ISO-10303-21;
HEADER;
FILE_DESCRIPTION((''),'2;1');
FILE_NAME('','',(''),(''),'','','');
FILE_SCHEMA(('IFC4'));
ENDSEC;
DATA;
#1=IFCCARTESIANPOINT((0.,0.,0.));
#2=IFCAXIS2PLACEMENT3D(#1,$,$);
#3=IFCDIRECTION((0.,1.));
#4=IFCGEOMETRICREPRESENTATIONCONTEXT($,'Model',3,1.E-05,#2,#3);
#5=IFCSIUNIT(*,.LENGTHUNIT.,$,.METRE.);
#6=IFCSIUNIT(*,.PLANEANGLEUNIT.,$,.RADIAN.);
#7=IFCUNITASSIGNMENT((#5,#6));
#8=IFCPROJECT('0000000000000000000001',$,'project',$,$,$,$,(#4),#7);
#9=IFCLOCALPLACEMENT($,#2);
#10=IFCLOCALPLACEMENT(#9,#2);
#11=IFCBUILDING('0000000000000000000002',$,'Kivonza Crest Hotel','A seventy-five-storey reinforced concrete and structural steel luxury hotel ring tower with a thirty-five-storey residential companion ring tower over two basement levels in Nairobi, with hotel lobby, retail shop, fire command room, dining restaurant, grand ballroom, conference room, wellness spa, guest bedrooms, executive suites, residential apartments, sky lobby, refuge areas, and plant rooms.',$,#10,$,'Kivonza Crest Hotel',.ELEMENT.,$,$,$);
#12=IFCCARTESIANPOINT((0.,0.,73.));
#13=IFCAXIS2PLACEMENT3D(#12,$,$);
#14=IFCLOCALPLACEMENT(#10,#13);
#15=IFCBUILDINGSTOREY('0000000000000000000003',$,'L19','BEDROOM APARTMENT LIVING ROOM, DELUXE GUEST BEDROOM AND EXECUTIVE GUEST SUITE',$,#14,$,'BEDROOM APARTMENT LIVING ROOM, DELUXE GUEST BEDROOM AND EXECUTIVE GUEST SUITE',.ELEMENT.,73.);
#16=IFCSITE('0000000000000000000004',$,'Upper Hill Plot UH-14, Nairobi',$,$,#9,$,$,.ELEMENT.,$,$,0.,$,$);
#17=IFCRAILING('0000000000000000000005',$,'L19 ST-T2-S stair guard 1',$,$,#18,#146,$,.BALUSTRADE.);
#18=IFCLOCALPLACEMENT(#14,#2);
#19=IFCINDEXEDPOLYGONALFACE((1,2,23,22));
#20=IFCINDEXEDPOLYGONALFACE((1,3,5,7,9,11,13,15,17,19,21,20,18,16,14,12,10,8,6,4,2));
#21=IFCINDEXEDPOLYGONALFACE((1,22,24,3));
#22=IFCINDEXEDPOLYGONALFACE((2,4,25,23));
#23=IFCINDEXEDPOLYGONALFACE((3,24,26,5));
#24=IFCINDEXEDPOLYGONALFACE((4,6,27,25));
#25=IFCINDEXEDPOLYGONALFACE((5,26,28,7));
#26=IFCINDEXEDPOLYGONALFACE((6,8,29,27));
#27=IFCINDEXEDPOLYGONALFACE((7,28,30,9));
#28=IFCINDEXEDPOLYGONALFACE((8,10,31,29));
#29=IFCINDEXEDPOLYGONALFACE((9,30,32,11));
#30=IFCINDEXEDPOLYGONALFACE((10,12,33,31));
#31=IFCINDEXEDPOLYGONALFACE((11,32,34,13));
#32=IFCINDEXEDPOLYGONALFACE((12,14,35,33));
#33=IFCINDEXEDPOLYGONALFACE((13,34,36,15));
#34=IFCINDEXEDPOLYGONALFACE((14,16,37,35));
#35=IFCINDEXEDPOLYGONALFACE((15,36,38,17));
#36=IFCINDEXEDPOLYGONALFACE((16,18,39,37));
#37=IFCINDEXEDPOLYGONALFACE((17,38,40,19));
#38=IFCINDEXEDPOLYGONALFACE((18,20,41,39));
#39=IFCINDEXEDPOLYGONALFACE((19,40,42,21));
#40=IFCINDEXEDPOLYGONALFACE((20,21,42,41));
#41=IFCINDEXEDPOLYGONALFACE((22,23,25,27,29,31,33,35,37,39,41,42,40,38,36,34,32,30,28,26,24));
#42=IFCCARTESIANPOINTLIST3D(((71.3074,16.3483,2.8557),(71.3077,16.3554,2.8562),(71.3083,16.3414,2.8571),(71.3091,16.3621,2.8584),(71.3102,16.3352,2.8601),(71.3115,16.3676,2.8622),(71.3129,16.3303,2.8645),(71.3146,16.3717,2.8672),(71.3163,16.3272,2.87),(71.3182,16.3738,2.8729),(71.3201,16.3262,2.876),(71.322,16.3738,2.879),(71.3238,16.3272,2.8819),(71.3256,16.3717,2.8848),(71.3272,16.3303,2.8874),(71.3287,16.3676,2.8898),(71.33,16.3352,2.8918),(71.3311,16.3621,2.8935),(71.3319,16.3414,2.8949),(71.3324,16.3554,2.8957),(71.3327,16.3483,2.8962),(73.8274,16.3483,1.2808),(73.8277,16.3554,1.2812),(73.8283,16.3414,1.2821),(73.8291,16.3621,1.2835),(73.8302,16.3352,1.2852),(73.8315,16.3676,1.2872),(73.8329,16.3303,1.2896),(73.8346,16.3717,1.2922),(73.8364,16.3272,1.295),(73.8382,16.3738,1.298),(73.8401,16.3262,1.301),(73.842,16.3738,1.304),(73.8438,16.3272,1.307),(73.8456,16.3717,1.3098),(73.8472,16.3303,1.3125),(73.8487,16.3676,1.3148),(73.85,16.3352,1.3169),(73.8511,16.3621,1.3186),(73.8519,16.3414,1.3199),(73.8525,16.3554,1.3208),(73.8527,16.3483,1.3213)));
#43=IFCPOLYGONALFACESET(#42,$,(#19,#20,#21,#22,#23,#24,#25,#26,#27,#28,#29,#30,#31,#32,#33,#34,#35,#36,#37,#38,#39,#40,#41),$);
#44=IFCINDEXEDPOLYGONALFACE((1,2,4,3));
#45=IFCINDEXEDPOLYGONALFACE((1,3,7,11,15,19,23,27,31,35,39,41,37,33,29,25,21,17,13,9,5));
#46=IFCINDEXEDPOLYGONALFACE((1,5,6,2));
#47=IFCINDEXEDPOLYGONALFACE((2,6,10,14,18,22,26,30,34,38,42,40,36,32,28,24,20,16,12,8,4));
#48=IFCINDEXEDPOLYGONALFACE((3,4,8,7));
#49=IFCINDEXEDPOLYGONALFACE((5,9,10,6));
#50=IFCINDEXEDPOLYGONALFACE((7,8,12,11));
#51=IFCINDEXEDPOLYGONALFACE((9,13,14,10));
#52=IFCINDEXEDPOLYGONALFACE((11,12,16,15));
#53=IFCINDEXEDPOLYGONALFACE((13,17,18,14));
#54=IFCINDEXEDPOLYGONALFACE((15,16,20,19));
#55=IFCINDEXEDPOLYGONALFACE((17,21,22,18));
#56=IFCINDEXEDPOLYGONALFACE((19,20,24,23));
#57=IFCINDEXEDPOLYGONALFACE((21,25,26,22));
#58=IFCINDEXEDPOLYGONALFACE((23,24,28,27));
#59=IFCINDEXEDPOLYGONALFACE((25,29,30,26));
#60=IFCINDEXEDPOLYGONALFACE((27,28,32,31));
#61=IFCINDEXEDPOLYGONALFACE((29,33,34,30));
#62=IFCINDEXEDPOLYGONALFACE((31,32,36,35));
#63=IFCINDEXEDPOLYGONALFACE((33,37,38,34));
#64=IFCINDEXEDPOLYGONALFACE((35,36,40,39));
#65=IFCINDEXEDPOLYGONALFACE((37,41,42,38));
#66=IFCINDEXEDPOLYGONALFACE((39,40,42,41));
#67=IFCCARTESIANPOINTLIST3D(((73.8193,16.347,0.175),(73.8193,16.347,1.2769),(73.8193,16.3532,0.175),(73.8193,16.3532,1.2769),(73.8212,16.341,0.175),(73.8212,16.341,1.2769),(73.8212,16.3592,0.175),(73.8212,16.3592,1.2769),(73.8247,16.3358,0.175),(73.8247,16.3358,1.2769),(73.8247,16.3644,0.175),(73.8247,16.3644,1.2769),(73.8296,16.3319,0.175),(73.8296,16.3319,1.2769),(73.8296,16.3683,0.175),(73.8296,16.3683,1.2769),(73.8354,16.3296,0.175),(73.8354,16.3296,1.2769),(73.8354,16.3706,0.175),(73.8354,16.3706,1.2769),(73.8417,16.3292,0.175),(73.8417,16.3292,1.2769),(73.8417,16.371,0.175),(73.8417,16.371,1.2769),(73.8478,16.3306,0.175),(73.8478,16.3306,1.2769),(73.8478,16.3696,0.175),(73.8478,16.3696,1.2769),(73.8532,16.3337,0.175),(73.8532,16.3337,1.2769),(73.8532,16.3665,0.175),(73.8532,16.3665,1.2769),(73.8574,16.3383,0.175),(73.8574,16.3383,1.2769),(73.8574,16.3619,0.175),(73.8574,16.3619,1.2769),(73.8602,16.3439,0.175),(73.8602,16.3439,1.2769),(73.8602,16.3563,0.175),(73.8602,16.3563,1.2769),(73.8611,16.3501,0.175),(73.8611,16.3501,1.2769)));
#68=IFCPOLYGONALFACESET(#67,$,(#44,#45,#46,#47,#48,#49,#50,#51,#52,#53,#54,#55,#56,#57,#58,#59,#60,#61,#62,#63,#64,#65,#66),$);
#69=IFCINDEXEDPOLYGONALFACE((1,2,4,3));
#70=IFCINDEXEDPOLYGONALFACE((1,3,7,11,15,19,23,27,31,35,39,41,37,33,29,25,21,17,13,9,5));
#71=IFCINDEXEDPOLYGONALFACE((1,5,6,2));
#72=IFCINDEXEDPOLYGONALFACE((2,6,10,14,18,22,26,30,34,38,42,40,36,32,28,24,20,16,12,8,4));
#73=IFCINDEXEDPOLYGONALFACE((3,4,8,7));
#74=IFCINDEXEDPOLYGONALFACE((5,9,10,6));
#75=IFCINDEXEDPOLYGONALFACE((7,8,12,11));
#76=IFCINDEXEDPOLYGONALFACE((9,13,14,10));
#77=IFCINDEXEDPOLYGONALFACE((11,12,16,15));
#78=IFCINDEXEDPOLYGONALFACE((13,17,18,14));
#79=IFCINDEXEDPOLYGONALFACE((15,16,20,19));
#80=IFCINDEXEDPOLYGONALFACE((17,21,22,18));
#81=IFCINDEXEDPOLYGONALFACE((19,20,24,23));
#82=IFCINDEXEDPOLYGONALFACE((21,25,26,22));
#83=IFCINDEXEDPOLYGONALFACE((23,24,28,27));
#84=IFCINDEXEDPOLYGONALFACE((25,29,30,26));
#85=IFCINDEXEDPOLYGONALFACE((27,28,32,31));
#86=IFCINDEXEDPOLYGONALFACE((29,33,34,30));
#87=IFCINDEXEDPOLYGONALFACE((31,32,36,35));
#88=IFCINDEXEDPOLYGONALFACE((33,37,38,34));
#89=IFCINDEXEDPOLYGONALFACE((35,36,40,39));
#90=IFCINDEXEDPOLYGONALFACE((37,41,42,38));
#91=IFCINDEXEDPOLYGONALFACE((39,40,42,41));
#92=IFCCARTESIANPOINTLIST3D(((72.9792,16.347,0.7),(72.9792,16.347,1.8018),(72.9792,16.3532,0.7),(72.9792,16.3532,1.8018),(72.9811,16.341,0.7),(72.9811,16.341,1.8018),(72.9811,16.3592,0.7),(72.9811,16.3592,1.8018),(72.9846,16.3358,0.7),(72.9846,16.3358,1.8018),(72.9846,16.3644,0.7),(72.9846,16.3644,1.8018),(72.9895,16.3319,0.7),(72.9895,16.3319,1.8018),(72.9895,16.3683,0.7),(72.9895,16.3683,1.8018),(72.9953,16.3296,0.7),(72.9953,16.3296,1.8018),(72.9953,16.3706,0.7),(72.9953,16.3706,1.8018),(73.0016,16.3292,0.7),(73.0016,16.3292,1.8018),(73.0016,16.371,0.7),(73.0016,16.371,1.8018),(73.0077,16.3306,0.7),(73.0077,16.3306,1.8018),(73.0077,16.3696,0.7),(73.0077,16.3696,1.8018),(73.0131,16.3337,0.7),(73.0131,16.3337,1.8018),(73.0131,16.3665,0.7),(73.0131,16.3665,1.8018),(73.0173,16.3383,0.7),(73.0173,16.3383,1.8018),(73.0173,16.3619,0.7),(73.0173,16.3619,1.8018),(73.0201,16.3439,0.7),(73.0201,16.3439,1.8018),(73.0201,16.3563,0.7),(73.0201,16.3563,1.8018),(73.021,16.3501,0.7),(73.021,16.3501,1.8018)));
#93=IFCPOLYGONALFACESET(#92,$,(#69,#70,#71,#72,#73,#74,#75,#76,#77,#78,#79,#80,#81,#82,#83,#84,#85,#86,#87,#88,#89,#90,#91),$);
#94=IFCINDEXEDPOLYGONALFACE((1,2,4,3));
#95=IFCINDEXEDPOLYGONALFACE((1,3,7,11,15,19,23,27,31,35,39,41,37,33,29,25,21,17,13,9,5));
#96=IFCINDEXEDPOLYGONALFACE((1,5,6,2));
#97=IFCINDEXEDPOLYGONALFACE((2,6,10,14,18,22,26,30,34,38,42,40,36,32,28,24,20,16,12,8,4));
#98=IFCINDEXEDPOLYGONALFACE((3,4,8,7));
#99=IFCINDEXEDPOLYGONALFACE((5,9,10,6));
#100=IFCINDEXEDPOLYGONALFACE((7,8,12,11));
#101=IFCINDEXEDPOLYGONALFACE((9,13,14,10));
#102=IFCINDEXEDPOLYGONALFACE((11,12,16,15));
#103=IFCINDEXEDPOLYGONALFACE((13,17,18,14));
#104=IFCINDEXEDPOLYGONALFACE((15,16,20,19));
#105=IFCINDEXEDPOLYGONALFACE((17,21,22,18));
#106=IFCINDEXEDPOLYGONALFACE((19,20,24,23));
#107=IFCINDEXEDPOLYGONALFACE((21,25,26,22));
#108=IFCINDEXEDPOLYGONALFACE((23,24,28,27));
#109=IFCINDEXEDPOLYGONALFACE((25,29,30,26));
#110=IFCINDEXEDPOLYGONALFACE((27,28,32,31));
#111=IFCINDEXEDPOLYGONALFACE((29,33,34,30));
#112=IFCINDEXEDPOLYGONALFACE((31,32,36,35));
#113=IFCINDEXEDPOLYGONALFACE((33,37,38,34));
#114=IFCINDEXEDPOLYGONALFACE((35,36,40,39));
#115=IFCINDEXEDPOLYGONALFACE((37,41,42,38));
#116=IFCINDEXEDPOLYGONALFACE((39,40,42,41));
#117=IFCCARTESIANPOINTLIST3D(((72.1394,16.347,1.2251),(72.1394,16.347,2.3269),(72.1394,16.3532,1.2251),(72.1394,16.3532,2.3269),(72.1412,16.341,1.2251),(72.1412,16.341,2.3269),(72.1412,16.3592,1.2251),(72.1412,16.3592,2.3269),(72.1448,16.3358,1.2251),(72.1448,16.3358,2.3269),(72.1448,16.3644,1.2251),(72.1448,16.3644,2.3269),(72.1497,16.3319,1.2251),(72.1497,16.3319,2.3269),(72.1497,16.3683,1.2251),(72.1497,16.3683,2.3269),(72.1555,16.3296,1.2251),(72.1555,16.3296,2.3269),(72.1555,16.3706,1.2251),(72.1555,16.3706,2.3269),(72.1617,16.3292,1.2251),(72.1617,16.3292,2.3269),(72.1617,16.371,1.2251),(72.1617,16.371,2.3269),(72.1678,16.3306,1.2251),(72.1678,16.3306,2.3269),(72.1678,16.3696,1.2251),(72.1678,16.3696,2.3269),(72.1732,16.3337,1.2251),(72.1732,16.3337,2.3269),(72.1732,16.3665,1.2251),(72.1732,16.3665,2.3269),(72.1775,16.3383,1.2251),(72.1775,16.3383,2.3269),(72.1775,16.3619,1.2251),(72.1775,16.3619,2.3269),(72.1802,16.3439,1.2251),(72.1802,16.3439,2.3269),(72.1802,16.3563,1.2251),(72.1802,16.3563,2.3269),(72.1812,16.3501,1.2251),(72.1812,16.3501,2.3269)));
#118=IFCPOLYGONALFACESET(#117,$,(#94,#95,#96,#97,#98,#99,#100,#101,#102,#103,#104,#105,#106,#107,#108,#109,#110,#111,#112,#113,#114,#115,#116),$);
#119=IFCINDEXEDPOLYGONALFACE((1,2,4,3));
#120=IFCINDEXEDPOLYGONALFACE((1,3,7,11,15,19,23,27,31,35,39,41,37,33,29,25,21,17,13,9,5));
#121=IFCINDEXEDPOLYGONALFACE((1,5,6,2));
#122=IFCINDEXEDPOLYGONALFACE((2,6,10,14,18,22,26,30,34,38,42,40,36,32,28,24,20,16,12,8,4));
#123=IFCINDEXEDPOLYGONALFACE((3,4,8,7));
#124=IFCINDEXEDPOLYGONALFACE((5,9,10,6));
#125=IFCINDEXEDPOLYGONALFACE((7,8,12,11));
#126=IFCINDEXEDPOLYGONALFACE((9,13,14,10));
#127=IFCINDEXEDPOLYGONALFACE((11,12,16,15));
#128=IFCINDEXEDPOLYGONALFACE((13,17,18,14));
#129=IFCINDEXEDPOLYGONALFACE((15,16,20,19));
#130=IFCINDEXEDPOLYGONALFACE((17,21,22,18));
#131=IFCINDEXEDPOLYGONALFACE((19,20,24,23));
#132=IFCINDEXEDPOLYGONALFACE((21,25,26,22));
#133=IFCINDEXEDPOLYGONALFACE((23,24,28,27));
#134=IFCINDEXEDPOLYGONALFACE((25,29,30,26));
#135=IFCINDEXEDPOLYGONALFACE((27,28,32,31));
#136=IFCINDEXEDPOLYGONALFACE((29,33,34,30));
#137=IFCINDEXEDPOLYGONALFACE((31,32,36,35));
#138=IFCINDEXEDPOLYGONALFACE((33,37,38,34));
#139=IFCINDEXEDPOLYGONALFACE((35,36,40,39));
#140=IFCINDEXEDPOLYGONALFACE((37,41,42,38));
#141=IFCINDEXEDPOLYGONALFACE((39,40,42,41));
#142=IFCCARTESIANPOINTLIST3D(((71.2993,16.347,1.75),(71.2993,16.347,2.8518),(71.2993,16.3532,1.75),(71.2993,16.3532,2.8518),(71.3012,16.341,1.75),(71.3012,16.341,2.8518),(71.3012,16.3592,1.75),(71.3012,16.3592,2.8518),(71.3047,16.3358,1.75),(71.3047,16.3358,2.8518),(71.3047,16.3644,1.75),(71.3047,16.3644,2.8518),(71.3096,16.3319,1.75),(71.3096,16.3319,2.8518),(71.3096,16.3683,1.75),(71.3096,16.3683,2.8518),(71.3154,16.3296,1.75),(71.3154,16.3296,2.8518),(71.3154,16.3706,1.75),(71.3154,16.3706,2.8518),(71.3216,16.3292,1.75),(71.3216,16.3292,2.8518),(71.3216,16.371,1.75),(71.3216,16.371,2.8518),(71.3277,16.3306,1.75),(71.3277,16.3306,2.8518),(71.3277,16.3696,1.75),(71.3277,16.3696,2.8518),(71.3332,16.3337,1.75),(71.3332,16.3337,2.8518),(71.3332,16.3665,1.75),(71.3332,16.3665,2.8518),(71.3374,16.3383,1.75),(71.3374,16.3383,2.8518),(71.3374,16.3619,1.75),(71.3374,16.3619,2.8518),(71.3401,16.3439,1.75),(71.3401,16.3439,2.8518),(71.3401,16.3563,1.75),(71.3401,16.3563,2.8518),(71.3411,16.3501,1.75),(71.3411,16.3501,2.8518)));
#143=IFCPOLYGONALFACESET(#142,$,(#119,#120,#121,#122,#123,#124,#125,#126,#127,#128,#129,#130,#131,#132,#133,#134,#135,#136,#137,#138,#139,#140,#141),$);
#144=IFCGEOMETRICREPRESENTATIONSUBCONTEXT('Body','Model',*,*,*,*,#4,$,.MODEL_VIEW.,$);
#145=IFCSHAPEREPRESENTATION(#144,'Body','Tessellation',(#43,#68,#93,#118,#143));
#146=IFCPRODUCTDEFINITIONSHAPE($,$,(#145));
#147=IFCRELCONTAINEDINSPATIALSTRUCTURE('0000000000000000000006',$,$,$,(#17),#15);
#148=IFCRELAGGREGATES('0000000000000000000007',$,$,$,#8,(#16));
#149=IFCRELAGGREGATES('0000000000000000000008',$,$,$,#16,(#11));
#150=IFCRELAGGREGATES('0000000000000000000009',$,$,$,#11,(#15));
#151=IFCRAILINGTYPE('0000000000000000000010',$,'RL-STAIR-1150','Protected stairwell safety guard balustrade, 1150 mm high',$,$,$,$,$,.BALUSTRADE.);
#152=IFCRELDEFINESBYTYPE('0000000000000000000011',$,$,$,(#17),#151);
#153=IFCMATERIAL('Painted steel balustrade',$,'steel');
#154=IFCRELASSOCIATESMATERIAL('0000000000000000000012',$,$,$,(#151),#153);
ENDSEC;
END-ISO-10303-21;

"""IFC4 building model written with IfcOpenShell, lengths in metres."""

from ifc_helpers import new_model, si_unit, direction, frame, origin, origin_2d, place, context, subcontext, project, spatial, circle, extrude, material, type_object, element, save


model = new_model("IFC4")

# Units and contexts
model_context = context("Model", 3, precision=1e-05, world=origin(), true_north=direction((0.0, 1.0)))
body_context = subcontext(model_context, "Body", "Model", "MODEL_VIEW")
ifc_project = project(units=[si_unit("LENGTHUNIT", "METRE"), si_unit("PLANEANGLEUNIT", "RADIAN")], contexts=[model_context])

# Site, building, storey
site_placement = place(None, origin())
site = spatial("IfcSite", under=ifc_project, at=site_placement, Name="Upper Hill Plot UH-14, Nairobi", CompositionType="ELEMENT", RefElevation=0.0)
building_placement = place(site_placement, origin())
building = spatial("IfcBuilding", under=site, at=building_placement, Name="Kivonza Crest Hotel", Description="A seventy-five-storey reinforced concrete and structural steel luxury hotel ring tower with a thirty-five-storey residential companion ring tower over two basement levels in Nairobi, with hotel lobby, retail shop, fire command room, dining restaurant, grand ballroom, conference room, wellness spa, guest bedrooms, executive suites, residential apartments, sky lobby, refuge areas, and plant rooms.", LongName="Kivonza Crest Hotel", CompositionType="ELEMENT")
storey_placement = place(building_placement, frame((0.0, 0.0, 73.0)))
storey = spatial("IfcBuildingStorey", under=building, at=storey_placement, Name="L19", Description="BEDROOM APARTMENT LIVING ROOM, DELUXE GUEST BEDROOM AND EXECUTIVE GUEST SUITE", LongName="BEDROOM APARTMENT LIVING ROOM, DELUXE GUEST BEDROOM AND EXECUTIVE GUEST SUITE", CompositionType="ELEMENT", Elevation=73.0)

# Railing
ifc_material_1 = material(Name="Painted steel balustrade", Category="steel")
railing_type_1 = type_object("IfcRailingType", Name="RL-STAIR-1150", Description="Protected stairwell safety guard balustrade, 1150 mm high", PredefinedType="BALUSTRADE", material=ifc_material_1)
railing_1_placement = place(storey_placement, frame((73.8401, 16.3501, 0.175)))
element("IfcRailing", 1, at=railing_1_placement, inside=storey, type_object=railing_type_1, Name="L19 ST-T2-S stair guard 1", PredefinedType="BALUSTRADE", context=body_context, shape_type="SweptSolid", body=[
    extrude(circle(Radius=0.0239, at=origin_2d()), frame((0.0, 0.0, 1.126), z_axis=(-0.848008, 0.0, 0.529984), x_axis=(0.0, -1.0, 0.0)), (0.0, 0.0, 1.0), 2.9717),
    extrude(circle(Radius=0.021, at=origin_2d()), origin(), (0.0, 0.0, 1.0), 1.1018),
    extrude(circle(Radius=0.021, at=origin_2d()), frame((-0.8401, 0.0, 0.5249)), (0.0, 0.0, 1.0), 1.1018),
    extrude(circle(Radius=0.021, at=origin_2d()), frame((-1.6799, 0.0, 1.05)), (0.0, 0.0, 1.0), 1.1018),
    extrude(circle(Radius=0.021, at=origin_2d()), frame((-2.52, 0.0, 1.575)), (0.0, 0.0, 1.0), 1.1018),
])

save(model, "model.ifc")
